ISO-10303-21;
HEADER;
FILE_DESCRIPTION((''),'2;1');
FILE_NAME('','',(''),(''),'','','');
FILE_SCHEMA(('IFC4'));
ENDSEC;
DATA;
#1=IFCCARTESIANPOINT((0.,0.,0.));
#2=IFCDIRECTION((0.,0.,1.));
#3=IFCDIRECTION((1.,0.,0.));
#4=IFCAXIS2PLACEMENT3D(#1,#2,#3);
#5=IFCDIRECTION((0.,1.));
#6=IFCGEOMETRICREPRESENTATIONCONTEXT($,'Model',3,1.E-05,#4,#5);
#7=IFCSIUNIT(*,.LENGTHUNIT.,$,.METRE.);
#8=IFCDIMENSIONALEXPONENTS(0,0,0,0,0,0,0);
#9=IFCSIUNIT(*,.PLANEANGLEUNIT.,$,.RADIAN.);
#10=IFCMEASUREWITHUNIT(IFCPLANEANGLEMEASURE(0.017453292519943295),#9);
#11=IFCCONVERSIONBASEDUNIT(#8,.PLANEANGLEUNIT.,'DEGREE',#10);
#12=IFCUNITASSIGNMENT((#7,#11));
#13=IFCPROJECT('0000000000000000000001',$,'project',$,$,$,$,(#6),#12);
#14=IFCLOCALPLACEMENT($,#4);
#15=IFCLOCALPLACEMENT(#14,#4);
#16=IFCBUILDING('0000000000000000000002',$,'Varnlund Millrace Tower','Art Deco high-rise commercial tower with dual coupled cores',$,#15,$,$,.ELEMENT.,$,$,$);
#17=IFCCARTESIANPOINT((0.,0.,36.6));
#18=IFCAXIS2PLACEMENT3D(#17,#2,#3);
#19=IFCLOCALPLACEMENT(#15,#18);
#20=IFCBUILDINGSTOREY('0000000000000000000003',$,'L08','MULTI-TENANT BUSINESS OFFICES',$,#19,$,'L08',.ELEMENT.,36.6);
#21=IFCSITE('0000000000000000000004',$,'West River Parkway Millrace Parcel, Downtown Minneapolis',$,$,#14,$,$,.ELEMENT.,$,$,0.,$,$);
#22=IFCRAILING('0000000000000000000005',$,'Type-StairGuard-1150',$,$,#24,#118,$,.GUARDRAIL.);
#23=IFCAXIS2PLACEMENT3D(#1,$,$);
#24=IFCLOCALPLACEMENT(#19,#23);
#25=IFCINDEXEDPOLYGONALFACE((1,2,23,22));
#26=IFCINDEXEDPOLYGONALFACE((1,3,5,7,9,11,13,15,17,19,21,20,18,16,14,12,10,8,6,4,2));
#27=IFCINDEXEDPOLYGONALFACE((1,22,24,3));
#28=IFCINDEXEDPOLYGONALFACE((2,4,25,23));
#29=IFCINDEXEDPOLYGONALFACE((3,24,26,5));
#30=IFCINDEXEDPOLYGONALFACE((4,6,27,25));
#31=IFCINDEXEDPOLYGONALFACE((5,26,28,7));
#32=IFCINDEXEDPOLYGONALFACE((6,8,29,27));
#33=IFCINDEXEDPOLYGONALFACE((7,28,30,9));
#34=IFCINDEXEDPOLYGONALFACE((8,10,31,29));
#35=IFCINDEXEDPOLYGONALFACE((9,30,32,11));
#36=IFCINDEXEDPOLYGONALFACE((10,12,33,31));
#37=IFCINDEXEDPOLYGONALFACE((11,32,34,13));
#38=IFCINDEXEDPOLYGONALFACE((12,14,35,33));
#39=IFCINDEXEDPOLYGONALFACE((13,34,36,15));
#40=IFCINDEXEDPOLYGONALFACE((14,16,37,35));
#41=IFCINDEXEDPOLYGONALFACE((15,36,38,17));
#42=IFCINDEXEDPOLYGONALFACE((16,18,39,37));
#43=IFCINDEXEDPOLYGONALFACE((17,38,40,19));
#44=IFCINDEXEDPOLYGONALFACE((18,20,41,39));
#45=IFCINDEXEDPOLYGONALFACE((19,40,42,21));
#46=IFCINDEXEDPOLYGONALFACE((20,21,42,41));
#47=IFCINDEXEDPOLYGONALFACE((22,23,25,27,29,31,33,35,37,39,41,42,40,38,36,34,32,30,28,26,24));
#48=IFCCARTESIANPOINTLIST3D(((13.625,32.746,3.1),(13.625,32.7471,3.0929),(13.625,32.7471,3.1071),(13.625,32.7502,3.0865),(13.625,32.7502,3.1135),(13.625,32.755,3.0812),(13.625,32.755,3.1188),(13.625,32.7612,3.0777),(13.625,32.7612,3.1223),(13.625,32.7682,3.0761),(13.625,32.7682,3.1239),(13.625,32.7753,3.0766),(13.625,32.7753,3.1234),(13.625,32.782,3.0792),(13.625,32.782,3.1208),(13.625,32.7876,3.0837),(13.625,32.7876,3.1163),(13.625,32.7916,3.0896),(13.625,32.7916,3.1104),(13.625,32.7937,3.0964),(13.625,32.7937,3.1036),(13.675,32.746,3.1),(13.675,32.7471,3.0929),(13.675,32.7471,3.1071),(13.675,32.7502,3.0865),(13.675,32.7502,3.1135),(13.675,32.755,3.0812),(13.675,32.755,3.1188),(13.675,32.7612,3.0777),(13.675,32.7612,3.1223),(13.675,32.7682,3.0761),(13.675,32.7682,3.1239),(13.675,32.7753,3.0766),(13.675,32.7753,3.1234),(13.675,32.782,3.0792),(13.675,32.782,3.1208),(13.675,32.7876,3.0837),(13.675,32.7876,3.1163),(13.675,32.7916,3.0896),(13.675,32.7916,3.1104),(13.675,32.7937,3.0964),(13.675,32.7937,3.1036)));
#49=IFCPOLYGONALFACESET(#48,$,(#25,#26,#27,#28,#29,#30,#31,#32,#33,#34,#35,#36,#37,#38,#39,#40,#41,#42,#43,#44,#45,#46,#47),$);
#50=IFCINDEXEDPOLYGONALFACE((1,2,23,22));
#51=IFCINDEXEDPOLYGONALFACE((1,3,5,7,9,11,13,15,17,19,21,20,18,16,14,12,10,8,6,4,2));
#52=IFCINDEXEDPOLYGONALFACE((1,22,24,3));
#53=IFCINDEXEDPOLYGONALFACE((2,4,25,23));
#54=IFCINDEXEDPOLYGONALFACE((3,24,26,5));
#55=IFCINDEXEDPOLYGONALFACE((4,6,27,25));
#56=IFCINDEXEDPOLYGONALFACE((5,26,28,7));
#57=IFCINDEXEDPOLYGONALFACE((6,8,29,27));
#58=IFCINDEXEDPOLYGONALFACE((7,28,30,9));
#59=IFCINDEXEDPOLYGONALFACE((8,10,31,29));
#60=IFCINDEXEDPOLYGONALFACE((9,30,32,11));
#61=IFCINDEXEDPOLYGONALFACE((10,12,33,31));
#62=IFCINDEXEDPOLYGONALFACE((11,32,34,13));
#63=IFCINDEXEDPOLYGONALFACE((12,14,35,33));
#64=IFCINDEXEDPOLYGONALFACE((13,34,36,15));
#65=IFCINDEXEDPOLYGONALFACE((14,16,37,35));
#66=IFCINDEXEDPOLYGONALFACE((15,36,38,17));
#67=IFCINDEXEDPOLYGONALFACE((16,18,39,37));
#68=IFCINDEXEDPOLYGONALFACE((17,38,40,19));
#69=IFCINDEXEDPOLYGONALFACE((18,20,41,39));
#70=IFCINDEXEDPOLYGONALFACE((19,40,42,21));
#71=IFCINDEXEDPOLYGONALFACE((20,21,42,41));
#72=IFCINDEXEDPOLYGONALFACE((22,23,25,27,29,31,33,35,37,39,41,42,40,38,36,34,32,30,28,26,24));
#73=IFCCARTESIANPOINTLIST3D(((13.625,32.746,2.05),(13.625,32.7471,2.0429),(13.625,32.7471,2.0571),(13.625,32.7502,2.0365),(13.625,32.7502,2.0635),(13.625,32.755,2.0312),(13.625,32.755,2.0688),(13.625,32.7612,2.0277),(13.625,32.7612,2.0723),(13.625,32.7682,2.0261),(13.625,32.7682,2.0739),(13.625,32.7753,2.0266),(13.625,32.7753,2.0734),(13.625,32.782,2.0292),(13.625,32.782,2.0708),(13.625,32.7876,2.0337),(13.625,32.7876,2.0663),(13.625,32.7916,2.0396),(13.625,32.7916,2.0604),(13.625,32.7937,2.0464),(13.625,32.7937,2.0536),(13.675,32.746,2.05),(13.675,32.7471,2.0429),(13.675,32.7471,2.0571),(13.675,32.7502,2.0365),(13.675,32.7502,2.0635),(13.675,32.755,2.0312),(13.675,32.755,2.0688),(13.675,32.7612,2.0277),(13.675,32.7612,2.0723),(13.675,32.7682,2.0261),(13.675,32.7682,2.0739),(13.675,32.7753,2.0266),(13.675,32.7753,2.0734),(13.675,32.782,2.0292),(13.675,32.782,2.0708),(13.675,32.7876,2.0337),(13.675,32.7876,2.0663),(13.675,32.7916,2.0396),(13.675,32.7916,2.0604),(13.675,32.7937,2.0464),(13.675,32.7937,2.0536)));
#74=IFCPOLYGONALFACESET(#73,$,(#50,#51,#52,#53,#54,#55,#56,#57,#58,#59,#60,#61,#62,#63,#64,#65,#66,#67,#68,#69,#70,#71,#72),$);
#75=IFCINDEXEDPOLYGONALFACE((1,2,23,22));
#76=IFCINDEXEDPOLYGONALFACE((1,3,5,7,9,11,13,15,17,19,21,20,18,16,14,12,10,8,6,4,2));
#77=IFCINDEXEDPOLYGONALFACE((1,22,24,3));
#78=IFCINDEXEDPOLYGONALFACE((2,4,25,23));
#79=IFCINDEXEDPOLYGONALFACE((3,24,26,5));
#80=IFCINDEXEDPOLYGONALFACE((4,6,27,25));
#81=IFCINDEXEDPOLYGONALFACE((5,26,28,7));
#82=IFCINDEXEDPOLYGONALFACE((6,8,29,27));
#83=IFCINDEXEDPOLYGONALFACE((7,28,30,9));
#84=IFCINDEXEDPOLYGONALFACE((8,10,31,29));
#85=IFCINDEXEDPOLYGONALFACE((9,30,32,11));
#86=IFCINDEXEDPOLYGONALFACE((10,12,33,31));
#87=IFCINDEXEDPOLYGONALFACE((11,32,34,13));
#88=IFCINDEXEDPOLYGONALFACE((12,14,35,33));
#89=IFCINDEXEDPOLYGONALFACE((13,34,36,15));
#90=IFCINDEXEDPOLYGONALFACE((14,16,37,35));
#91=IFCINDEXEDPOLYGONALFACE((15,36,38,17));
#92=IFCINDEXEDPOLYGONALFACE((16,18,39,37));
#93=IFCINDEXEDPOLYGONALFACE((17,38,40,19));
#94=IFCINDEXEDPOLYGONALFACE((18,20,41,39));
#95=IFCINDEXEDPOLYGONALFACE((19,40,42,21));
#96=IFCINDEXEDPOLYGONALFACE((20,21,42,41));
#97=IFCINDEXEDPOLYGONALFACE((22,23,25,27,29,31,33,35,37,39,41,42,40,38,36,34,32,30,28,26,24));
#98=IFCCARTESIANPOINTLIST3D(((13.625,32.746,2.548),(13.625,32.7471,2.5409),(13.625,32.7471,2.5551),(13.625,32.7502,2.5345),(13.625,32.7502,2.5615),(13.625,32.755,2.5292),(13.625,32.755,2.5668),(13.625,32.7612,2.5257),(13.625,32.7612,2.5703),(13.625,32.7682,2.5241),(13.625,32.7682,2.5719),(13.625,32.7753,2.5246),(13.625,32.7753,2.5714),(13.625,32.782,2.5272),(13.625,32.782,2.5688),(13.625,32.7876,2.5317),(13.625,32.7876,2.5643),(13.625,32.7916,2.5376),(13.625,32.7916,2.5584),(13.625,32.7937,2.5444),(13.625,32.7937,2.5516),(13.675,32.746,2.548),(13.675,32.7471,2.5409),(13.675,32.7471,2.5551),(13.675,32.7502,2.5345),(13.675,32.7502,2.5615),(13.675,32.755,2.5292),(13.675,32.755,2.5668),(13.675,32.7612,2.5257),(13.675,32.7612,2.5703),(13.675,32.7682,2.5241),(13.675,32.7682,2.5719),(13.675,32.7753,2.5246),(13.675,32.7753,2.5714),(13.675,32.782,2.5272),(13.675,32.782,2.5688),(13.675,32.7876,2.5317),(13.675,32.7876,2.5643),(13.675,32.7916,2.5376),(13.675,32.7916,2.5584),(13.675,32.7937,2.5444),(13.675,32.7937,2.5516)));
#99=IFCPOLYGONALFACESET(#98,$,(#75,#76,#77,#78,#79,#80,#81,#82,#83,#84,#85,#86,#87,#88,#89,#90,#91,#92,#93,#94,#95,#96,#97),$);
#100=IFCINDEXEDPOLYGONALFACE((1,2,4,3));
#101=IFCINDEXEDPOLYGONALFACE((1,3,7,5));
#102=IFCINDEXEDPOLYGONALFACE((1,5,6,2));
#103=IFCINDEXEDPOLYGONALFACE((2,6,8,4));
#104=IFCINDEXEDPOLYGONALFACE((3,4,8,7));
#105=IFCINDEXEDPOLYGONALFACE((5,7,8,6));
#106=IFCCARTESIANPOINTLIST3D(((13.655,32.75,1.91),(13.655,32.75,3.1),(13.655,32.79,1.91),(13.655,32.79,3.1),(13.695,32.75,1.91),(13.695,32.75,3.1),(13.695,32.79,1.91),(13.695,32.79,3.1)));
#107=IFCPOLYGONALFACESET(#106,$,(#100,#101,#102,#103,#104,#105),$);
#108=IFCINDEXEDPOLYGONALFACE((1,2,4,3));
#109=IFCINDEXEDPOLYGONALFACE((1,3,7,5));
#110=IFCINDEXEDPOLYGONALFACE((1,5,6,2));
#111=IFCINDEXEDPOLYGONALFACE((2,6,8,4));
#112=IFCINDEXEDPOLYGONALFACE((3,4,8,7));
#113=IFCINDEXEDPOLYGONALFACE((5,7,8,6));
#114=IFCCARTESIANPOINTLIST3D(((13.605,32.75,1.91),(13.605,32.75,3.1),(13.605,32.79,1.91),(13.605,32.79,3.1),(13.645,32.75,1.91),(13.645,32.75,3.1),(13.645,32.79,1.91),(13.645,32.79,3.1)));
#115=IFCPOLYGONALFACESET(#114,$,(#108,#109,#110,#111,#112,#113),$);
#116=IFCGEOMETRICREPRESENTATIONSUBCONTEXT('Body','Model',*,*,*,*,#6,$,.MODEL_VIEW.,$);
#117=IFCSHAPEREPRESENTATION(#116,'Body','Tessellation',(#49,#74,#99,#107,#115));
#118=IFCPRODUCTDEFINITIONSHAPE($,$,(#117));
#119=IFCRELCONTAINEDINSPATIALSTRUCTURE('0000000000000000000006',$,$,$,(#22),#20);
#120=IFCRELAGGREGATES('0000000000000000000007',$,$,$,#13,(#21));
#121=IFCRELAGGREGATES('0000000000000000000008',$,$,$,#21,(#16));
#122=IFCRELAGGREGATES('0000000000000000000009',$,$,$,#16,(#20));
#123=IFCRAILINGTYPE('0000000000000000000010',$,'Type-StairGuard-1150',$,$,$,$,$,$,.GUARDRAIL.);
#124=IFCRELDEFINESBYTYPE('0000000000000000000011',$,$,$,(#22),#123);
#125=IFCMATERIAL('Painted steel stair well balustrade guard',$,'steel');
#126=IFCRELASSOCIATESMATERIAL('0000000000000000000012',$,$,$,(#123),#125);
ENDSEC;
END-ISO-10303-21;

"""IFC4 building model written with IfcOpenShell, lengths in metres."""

from ifc_helpers import new_model, entity, si_unit, converted_unit, direction, frame, origin_with_axes, origin_2d_with_axis, place, context, subcontext, project, spatial, rectangle, circle, extrude, material, type_object, element, save


model = new_model("IFC4")

# Units and contexts
model_context = context("Model", 3, precision=1e-05, world=origin_with_axes(), true_north=direction((0.0, 1.0)))
body_context = subcontext(model_context, "Body", "Model", "MODEL_VIEW")
ifc_project = project(units=[si_unit("LENGTHUNIT", "METRE"), converted_unit("PLANEANGLEUNIT", "DEGREE", entity("IfcPlaneAngleMeasure", 0.017453292519943295), si_unit("PLANEANGLEUNIT", "RADIAN"), dimensions=[0, 0, 0, 0, 0, 0, 0])], contexts=[model_context])

# Site, building, storey
site_placement = place(None, origin_with_axes())
site = spatial("IfcSite", under=ifc_project, at=site_placement, Name="West River Parkway Millrace Parcel, Downtown Minneapolis", CompositionType="ELEMENT", RefElevation=0.0)
building_placement = place(site_placement, origin_with_axes())
building = spatial("IfcBuilding", under=site, at=building_placement, Name="Varnlund Millrace Tower", Description="Art Deco high-rise commercial tower with dual coupled cores", CompositionType="ELEMENT")
storey_placement = place(building_placement, frame((0.0, 0.0, 36.6), z_axis=(0.0, 0.0, 1.0), x_axis=(1.0, 0.0, 0.0)))
storey = spatial("IfcBuildingStorey", under=building, at=storey_placement, Name="L08", Description="MULTI-TENANT BUSINESS OFFICES", LongName="L08", CompositionType="ELEMENT", Elevation=36.6)

# Railing
ifc_material_1 = material(Name="Painted steel stair well balustrade guard", Category="steel")
railing_type_1 = type_object("IfcRailingType", Name="Type-StairGuard-1150", PredefinedType="GUARDRAIL", material=ifc_material_1)
railing_1_placement = place(storey_placement, frame((0.0, 0.0, -36.6), z_axis=(0.0, 0.0, 1.0), x_axis=(1.0, 0.0, 0.0)))
element("IfcRailing", 1, at=railing_1_placement, inside=storey, type_object=railing_type_1, Name="Type-StairGuard-1150", PredefinedType="GUARDRAIL", context=body_context, shape_type="SweptSolid", body=[
    extrude(circle(Radius=0.024, at=origin_2d_with_axis()), frame((13.675, 32.77, 39.7), z_axis=(-1.0, 0.0, 0.0), x_axis=(0.0, -1.0, 0.0)), (0.0, 0.0, 1.0), 0.05),
    extrude(circle(Radius=0.024, at=origin_2d_with_axis()), frame((13.675, 32.77, 38.65), z_axis=(-1.0, 0.0, 0.0), x_axis=(0.0, -1.0, 0.0)), (0.0, 0.0, 1.0), 0.05),
    extrude(circle(Radius=0.024, at=origin_2d_with_axis()), frame((13.675, 32.77, 39.148), z_axis=(-1.0, 0.0, 0.0), x_axis=(0.0, -1.0, 0.0)), (0.0, 0.0, 1.0), 0.05),
    extrude(rectangle(XDim=0.04, YDim=0.04, at=origin_2d_with_axis()), frame((13.675, 32.77, 38.51), z_axis=(0.0, 0.0, 1.0), x_axis=(1.0, 0.0, 0.0)), (0.0, 0.0, 1.0), 1.19),
    extrude(rectangle(XDim=0.04, YDim=0.04, at=origin_2d_with_axis()), frame((13.625, 32.77, 38.51), z_axis=(0.0, 0.0, 1.0), x_axis=(1.0, 0.0, 0.0)), (0.0, 0.0, 1.0), 1.19),
])

save(model, "model.ifc")
